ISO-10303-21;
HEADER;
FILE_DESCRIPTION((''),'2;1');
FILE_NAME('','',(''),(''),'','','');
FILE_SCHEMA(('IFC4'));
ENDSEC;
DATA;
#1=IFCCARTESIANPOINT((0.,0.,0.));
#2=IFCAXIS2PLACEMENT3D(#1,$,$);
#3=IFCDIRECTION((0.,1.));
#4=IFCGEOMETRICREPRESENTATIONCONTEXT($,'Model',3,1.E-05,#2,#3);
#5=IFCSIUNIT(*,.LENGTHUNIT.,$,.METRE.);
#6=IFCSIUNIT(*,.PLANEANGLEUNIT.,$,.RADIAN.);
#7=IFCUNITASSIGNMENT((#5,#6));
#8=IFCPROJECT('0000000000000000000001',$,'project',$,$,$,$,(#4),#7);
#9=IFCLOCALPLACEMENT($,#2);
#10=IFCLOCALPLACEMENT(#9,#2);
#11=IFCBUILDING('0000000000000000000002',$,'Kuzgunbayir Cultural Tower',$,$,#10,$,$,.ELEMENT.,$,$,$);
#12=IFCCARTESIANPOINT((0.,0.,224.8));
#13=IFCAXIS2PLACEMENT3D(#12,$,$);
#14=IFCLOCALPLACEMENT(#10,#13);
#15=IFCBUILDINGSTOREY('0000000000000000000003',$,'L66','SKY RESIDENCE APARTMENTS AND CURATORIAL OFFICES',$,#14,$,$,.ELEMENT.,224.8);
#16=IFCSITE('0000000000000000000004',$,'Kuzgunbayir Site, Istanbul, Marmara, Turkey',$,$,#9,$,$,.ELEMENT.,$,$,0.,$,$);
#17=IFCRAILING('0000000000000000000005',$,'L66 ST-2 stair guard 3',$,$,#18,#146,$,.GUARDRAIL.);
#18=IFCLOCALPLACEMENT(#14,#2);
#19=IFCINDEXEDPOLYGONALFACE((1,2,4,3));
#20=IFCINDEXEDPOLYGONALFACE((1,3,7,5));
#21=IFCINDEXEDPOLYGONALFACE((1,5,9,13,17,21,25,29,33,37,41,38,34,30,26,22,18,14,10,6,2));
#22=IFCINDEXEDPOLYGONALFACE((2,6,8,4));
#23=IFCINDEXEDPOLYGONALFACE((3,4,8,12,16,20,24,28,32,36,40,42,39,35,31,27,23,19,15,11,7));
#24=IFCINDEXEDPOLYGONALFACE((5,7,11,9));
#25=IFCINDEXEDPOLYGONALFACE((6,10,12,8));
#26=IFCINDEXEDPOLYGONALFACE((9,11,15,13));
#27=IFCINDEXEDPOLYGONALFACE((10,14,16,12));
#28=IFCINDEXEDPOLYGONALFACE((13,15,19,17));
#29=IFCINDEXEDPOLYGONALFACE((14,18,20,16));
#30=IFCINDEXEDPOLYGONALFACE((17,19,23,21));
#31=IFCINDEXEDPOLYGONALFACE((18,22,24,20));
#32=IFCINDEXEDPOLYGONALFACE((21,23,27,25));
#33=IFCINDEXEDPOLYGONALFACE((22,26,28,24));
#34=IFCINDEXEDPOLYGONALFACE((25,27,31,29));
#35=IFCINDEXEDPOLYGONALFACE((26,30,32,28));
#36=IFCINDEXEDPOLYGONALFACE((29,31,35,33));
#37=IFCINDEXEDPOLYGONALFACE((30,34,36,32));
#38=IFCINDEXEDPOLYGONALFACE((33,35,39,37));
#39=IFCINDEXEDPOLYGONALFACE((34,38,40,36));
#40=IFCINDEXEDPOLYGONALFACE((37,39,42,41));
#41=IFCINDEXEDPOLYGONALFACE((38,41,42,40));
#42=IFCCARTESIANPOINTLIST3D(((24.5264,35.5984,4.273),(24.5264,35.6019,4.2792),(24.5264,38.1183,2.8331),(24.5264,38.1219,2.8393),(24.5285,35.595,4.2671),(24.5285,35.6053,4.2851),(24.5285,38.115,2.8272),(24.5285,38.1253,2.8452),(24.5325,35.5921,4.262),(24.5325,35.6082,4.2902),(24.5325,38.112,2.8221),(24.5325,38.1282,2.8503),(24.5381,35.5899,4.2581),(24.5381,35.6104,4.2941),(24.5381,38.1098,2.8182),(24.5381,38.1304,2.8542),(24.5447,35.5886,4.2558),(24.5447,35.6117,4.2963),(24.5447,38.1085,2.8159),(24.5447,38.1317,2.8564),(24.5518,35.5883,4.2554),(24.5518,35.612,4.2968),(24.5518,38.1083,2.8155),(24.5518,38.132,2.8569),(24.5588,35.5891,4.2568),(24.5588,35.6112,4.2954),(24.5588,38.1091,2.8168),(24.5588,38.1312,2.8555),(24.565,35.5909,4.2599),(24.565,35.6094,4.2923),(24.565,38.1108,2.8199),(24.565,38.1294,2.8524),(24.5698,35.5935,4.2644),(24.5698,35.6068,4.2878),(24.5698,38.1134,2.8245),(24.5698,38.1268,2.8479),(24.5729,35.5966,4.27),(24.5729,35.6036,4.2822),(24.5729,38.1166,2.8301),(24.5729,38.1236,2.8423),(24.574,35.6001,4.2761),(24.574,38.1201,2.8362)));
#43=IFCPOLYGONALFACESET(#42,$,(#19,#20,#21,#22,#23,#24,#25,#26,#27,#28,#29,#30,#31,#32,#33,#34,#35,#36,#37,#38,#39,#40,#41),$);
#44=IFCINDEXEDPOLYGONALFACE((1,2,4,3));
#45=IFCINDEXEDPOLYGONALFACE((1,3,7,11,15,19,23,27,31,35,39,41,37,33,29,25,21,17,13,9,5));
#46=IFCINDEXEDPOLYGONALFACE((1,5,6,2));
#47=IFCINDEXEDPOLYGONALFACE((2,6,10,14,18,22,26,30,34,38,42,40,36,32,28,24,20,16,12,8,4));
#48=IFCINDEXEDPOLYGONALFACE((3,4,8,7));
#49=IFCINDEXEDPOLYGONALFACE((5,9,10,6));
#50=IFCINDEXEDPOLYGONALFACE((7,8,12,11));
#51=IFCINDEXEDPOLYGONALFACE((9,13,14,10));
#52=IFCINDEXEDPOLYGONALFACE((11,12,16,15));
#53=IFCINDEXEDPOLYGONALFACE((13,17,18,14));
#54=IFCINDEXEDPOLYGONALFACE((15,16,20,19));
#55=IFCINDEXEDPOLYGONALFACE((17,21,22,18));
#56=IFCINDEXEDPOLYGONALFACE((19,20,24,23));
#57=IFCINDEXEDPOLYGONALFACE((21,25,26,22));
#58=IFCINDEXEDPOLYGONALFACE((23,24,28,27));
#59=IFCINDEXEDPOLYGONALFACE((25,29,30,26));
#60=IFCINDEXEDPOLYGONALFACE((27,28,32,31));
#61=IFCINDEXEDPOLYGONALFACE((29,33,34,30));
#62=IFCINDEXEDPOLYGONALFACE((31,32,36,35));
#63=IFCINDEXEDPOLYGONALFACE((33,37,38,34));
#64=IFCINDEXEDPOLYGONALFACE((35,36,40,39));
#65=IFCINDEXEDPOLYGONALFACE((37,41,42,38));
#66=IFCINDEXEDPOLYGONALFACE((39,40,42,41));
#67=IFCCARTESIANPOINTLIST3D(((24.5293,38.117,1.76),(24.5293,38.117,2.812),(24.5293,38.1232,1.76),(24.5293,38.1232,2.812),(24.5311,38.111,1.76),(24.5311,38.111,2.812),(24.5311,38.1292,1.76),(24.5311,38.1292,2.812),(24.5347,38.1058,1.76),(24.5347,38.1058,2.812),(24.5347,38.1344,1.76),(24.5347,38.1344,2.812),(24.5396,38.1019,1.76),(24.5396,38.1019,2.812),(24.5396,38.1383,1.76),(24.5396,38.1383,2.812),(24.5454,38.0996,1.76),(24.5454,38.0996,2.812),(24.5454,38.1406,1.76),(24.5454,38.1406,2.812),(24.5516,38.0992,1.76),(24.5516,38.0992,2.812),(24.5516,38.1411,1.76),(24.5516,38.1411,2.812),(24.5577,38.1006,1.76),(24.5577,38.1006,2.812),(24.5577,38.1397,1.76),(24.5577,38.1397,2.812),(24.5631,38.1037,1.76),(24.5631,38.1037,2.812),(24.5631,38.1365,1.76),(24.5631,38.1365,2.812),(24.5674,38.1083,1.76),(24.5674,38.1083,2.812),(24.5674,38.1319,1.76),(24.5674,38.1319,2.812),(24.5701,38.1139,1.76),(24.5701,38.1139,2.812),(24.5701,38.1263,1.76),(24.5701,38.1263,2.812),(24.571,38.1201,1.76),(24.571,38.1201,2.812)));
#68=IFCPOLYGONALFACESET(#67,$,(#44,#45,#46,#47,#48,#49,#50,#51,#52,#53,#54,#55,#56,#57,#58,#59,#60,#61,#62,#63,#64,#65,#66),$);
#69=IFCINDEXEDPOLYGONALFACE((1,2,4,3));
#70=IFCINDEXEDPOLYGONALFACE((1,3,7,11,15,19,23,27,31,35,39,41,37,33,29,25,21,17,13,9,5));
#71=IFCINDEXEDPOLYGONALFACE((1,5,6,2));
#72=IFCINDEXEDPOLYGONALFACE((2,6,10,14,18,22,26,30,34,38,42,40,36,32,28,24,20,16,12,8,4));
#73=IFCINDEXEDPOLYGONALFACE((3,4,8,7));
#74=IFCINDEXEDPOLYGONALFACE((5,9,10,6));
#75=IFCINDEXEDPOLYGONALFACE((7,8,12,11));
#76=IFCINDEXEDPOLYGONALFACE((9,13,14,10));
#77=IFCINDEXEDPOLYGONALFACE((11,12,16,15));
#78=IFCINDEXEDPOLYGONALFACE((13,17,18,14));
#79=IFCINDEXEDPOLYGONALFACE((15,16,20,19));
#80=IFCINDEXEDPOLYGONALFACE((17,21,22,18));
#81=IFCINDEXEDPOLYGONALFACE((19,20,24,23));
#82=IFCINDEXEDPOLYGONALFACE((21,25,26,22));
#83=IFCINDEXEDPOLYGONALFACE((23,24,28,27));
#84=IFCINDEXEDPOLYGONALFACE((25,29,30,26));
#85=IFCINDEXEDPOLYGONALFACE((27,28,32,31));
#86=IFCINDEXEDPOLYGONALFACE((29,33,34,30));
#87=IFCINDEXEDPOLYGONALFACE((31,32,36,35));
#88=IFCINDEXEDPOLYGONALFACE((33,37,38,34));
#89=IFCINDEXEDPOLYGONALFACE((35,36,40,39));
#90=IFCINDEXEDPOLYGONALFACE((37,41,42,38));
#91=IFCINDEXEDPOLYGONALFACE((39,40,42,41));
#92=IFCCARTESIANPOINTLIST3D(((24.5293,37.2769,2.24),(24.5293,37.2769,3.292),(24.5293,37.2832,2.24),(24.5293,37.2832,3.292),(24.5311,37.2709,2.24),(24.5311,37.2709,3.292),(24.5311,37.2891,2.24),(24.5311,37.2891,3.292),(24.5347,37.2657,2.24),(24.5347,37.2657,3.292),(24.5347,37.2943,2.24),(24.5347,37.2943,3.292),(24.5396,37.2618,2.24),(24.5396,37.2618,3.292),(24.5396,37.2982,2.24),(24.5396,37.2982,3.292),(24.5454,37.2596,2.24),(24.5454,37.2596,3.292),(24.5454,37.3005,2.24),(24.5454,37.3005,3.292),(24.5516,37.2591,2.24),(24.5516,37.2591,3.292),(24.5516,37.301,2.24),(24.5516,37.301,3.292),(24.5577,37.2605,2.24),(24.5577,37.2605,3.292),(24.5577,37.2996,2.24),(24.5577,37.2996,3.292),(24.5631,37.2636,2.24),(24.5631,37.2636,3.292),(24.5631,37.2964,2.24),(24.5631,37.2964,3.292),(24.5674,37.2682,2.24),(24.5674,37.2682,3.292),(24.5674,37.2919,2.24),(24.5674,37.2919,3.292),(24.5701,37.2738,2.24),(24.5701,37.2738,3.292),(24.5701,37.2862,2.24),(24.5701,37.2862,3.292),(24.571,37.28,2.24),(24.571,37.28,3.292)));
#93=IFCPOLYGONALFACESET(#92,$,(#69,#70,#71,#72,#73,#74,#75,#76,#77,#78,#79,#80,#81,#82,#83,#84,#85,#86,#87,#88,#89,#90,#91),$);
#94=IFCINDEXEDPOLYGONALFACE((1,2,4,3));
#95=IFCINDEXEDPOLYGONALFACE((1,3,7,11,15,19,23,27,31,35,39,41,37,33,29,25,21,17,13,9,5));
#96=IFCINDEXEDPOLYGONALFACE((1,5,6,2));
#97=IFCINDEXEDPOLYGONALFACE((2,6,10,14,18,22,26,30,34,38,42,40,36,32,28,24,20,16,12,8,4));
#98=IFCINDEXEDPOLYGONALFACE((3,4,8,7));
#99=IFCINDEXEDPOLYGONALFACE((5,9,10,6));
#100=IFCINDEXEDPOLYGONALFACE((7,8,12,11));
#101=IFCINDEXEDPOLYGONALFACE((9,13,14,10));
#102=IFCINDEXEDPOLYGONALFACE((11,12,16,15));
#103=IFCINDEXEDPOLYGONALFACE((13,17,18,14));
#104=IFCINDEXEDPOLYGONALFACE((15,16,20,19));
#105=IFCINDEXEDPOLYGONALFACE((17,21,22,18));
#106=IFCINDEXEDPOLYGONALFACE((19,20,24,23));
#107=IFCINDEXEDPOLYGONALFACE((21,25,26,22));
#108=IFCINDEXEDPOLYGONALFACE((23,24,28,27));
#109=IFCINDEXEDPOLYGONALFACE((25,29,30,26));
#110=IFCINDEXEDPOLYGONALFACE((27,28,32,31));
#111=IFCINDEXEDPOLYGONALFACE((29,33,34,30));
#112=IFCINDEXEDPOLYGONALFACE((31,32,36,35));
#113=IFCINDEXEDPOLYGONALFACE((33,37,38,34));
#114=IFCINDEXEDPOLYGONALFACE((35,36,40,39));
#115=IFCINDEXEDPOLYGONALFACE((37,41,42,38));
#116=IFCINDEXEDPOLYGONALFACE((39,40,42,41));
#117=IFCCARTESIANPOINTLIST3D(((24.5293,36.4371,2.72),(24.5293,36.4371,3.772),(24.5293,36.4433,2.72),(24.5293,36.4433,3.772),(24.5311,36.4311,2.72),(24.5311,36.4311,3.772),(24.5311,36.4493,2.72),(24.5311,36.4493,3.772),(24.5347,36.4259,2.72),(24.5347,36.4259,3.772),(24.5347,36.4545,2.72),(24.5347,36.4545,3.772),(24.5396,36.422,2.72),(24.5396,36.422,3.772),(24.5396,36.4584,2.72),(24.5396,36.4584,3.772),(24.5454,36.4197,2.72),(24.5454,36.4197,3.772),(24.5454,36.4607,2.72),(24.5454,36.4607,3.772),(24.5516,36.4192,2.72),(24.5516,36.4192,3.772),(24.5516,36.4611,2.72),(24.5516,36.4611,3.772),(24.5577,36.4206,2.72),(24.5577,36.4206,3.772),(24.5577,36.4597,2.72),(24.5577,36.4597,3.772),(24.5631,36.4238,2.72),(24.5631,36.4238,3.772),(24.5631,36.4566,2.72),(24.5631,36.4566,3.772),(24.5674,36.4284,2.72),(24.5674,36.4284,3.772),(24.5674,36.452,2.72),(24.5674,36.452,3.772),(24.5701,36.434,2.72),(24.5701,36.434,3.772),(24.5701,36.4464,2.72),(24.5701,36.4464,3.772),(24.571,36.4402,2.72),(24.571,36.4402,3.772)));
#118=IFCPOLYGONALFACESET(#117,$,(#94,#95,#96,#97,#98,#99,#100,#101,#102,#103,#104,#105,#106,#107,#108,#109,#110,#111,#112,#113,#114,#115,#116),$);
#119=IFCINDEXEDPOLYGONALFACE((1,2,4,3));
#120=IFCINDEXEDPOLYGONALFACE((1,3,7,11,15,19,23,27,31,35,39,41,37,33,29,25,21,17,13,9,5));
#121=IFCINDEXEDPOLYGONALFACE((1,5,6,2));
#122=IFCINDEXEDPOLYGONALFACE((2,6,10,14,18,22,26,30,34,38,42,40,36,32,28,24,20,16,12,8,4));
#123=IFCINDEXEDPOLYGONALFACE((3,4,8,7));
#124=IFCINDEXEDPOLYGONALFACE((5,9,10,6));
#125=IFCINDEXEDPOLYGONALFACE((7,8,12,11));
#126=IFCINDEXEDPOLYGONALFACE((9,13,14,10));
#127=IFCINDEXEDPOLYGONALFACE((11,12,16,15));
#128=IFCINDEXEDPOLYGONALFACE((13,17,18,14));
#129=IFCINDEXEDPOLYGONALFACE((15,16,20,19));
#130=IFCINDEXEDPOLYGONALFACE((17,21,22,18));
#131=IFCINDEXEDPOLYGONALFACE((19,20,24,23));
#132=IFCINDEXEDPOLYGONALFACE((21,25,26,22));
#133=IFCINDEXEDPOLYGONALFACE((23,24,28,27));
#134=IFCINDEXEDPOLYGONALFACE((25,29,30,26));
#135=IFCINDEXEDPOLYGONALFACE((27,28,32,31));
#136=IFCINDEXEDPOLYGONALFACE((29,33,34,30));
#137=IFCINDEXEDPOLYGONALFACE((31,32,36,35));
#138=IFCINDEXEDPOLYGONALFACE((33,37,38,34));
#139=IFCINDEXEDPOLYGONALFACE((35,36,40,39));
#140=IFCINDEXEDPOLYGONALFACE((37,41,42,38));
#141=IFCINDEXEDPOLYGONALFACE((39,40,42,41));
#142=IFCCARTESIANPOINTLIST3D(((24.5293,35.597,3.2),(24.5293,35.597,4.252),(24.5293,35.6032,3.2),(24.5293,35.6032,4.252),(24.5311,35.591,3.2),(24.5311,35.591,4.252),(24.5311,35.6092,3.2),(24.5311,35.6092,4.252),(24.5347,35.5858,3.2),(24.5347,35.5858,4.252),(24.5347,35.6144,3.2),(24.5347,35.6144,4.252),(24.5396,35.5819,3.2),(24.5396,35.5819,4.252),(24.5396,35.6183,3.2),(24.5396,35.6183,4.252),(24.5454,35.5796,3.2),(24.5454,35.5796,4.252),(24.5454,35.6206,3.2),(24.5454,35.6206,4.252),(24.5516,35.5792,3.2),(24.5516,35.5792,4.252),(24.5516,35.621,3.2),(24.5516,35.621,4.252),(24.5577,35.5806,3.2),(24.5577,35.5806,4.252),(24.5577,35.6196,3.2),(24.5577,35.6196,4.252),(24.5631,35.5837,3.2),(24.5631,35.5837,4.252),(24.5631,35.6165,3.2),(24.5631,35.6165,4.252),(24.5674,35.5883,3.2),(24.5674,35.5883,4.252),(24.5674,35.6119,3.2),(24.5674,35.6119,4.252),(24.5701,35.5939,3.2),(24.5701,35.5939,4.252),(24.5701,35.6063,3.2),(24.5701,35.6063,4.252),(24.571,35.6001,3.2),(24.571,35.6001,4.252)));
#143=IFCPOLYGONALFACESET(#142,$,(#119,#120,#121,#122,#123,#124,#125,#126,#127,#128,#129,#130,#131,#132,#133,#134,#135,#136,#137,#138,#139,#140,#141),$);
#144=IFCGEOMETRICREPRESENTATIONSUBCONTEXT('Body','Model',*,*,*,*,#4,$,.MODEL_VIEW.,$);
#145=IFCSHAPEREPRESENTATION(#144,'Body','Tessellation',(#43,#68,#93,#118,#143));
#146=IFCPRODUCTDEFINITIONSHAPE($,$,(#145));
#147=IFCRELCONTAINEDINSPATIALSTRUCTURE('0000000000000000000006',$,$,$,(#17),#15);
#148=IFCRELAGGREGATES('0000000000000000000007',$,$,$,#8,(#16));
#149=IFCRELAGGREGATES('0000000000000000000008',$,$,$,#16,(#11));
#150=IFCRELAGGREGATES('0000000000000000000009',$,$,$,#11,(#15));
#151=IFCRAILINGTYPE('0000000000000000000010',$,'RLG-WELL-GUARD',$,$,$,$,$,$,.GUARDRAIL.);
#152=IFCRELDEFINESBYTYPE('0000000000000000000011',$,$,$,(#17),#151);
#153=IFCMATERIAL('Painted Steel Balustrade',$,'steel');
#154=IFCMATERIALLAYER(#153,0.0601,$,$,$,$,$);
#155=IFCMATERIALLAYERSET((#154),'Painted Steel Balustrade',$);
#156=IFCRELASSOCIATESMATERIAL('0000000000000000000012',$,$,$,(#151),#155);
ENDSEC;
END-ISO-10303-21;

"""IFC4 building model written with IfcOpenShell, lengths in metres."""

from ifc_helpers import new_model, si_unit, direction, frame, origin, origin_2d, place, context, subcontext, project, spatial, circle, extrude, material, layer, layer_set, type_object, element, save


model = new_model("IFC4")

# Units and contexts
model_context = context("Model", 3, precision=1e-05, world=origin(), true_north=direction((0.0, 1.0)))
body_context = subcontext(model_context, "Body", "Model", "MODEL_VIEW")
ifc_project = project(units=[si_unit("LENGTHUNIT", "METRE"), si_unit("PLANEANGLEUNIT", "RADIAN")], contexts=[model_context])

# Site, building, storey
site_placement = place(None, origin())
site = spatial("IfcSite", under=ifc_project, at=site_placement, Name="Kuzgunbayir Site, Istanbul, Marmara, Turkey", CompositionType="ELEMENT", RefElevation=0.0)
building_placement = place(site_placement, origin())
building = spatial("IfcBuilding", under=site, at=building_placement, Name="Kuzgunbayir Cultural Tower", CompositionType="ELEMENT")
storey_placement = place(building_placement, frame((0.0, 0.0, 224.8)))
storey = spatial("IfcBuildingStorey", under=building, at=storey_placement, Name="L66", Description="SKY RESIDENCE APARTMENTS AND CURATORIAL OFFICES", CompositionType="ELEMENT", Elevation=224.8)

# Railing
ifc_material_1 = material(Name="Painted Steel Balustrade", Category="steel")
ifc_layer_1 = layer(ifc_material_1, 0.0601)
ifc_layer_set_1 = layer_set([ifc_layer_1], Name="Painted Steel Balustrade")
railing_type_1 = type_object("IfcRailingType", Name="RLG-WELL-GUARD", PredefinedType="GUARDRAIL", material=ifc_layer_set_1)
railing_1_placement = place(storey_placement, frame((24.55, 38.1201, 1.76)))
element("IfcRailing", 1, at=railing_1_placement, inside=storey, type_object=railing_type_1, Name="L66 ST-2 stair guard 3", PredefinedType="GUARDRAIL", context=body_context, shape_type="SweptSolid", body=[
    extrude(circle(Radius=0.0239, at=origin_2d()), frame((0.0, 0.0, 1.0762), z_axis=(0.0, -0.868253, 0.496121), x_axis=(1.0, 0.0, 0.0)), (0.0, 0.0, 1.0), 2.9023),
    extrude(circle(Radius=0.021, at=origin_2d()), origin(), (0.0, 0.0, 1.0), 1.052),
    extrude(circle(Radius=0.021, at=origin_2d()), frame((0.0, -0.8401, 0.48)), (0.0, 0.0, 1.0), 1.052),
    extrude(circle(Radius=0.021, at=origin_2d()), frame((0.0, -1.6799, 0.96)), (0.0, 0.0, 1.0), 1.052),
    extrude(circle(Radius=0.021, at=origin_2d()), frame((0.0, -2.52, 1.4399)), (0.0, 0.0, 1.0), 1.052),
])

save(model, "model.ifc")
